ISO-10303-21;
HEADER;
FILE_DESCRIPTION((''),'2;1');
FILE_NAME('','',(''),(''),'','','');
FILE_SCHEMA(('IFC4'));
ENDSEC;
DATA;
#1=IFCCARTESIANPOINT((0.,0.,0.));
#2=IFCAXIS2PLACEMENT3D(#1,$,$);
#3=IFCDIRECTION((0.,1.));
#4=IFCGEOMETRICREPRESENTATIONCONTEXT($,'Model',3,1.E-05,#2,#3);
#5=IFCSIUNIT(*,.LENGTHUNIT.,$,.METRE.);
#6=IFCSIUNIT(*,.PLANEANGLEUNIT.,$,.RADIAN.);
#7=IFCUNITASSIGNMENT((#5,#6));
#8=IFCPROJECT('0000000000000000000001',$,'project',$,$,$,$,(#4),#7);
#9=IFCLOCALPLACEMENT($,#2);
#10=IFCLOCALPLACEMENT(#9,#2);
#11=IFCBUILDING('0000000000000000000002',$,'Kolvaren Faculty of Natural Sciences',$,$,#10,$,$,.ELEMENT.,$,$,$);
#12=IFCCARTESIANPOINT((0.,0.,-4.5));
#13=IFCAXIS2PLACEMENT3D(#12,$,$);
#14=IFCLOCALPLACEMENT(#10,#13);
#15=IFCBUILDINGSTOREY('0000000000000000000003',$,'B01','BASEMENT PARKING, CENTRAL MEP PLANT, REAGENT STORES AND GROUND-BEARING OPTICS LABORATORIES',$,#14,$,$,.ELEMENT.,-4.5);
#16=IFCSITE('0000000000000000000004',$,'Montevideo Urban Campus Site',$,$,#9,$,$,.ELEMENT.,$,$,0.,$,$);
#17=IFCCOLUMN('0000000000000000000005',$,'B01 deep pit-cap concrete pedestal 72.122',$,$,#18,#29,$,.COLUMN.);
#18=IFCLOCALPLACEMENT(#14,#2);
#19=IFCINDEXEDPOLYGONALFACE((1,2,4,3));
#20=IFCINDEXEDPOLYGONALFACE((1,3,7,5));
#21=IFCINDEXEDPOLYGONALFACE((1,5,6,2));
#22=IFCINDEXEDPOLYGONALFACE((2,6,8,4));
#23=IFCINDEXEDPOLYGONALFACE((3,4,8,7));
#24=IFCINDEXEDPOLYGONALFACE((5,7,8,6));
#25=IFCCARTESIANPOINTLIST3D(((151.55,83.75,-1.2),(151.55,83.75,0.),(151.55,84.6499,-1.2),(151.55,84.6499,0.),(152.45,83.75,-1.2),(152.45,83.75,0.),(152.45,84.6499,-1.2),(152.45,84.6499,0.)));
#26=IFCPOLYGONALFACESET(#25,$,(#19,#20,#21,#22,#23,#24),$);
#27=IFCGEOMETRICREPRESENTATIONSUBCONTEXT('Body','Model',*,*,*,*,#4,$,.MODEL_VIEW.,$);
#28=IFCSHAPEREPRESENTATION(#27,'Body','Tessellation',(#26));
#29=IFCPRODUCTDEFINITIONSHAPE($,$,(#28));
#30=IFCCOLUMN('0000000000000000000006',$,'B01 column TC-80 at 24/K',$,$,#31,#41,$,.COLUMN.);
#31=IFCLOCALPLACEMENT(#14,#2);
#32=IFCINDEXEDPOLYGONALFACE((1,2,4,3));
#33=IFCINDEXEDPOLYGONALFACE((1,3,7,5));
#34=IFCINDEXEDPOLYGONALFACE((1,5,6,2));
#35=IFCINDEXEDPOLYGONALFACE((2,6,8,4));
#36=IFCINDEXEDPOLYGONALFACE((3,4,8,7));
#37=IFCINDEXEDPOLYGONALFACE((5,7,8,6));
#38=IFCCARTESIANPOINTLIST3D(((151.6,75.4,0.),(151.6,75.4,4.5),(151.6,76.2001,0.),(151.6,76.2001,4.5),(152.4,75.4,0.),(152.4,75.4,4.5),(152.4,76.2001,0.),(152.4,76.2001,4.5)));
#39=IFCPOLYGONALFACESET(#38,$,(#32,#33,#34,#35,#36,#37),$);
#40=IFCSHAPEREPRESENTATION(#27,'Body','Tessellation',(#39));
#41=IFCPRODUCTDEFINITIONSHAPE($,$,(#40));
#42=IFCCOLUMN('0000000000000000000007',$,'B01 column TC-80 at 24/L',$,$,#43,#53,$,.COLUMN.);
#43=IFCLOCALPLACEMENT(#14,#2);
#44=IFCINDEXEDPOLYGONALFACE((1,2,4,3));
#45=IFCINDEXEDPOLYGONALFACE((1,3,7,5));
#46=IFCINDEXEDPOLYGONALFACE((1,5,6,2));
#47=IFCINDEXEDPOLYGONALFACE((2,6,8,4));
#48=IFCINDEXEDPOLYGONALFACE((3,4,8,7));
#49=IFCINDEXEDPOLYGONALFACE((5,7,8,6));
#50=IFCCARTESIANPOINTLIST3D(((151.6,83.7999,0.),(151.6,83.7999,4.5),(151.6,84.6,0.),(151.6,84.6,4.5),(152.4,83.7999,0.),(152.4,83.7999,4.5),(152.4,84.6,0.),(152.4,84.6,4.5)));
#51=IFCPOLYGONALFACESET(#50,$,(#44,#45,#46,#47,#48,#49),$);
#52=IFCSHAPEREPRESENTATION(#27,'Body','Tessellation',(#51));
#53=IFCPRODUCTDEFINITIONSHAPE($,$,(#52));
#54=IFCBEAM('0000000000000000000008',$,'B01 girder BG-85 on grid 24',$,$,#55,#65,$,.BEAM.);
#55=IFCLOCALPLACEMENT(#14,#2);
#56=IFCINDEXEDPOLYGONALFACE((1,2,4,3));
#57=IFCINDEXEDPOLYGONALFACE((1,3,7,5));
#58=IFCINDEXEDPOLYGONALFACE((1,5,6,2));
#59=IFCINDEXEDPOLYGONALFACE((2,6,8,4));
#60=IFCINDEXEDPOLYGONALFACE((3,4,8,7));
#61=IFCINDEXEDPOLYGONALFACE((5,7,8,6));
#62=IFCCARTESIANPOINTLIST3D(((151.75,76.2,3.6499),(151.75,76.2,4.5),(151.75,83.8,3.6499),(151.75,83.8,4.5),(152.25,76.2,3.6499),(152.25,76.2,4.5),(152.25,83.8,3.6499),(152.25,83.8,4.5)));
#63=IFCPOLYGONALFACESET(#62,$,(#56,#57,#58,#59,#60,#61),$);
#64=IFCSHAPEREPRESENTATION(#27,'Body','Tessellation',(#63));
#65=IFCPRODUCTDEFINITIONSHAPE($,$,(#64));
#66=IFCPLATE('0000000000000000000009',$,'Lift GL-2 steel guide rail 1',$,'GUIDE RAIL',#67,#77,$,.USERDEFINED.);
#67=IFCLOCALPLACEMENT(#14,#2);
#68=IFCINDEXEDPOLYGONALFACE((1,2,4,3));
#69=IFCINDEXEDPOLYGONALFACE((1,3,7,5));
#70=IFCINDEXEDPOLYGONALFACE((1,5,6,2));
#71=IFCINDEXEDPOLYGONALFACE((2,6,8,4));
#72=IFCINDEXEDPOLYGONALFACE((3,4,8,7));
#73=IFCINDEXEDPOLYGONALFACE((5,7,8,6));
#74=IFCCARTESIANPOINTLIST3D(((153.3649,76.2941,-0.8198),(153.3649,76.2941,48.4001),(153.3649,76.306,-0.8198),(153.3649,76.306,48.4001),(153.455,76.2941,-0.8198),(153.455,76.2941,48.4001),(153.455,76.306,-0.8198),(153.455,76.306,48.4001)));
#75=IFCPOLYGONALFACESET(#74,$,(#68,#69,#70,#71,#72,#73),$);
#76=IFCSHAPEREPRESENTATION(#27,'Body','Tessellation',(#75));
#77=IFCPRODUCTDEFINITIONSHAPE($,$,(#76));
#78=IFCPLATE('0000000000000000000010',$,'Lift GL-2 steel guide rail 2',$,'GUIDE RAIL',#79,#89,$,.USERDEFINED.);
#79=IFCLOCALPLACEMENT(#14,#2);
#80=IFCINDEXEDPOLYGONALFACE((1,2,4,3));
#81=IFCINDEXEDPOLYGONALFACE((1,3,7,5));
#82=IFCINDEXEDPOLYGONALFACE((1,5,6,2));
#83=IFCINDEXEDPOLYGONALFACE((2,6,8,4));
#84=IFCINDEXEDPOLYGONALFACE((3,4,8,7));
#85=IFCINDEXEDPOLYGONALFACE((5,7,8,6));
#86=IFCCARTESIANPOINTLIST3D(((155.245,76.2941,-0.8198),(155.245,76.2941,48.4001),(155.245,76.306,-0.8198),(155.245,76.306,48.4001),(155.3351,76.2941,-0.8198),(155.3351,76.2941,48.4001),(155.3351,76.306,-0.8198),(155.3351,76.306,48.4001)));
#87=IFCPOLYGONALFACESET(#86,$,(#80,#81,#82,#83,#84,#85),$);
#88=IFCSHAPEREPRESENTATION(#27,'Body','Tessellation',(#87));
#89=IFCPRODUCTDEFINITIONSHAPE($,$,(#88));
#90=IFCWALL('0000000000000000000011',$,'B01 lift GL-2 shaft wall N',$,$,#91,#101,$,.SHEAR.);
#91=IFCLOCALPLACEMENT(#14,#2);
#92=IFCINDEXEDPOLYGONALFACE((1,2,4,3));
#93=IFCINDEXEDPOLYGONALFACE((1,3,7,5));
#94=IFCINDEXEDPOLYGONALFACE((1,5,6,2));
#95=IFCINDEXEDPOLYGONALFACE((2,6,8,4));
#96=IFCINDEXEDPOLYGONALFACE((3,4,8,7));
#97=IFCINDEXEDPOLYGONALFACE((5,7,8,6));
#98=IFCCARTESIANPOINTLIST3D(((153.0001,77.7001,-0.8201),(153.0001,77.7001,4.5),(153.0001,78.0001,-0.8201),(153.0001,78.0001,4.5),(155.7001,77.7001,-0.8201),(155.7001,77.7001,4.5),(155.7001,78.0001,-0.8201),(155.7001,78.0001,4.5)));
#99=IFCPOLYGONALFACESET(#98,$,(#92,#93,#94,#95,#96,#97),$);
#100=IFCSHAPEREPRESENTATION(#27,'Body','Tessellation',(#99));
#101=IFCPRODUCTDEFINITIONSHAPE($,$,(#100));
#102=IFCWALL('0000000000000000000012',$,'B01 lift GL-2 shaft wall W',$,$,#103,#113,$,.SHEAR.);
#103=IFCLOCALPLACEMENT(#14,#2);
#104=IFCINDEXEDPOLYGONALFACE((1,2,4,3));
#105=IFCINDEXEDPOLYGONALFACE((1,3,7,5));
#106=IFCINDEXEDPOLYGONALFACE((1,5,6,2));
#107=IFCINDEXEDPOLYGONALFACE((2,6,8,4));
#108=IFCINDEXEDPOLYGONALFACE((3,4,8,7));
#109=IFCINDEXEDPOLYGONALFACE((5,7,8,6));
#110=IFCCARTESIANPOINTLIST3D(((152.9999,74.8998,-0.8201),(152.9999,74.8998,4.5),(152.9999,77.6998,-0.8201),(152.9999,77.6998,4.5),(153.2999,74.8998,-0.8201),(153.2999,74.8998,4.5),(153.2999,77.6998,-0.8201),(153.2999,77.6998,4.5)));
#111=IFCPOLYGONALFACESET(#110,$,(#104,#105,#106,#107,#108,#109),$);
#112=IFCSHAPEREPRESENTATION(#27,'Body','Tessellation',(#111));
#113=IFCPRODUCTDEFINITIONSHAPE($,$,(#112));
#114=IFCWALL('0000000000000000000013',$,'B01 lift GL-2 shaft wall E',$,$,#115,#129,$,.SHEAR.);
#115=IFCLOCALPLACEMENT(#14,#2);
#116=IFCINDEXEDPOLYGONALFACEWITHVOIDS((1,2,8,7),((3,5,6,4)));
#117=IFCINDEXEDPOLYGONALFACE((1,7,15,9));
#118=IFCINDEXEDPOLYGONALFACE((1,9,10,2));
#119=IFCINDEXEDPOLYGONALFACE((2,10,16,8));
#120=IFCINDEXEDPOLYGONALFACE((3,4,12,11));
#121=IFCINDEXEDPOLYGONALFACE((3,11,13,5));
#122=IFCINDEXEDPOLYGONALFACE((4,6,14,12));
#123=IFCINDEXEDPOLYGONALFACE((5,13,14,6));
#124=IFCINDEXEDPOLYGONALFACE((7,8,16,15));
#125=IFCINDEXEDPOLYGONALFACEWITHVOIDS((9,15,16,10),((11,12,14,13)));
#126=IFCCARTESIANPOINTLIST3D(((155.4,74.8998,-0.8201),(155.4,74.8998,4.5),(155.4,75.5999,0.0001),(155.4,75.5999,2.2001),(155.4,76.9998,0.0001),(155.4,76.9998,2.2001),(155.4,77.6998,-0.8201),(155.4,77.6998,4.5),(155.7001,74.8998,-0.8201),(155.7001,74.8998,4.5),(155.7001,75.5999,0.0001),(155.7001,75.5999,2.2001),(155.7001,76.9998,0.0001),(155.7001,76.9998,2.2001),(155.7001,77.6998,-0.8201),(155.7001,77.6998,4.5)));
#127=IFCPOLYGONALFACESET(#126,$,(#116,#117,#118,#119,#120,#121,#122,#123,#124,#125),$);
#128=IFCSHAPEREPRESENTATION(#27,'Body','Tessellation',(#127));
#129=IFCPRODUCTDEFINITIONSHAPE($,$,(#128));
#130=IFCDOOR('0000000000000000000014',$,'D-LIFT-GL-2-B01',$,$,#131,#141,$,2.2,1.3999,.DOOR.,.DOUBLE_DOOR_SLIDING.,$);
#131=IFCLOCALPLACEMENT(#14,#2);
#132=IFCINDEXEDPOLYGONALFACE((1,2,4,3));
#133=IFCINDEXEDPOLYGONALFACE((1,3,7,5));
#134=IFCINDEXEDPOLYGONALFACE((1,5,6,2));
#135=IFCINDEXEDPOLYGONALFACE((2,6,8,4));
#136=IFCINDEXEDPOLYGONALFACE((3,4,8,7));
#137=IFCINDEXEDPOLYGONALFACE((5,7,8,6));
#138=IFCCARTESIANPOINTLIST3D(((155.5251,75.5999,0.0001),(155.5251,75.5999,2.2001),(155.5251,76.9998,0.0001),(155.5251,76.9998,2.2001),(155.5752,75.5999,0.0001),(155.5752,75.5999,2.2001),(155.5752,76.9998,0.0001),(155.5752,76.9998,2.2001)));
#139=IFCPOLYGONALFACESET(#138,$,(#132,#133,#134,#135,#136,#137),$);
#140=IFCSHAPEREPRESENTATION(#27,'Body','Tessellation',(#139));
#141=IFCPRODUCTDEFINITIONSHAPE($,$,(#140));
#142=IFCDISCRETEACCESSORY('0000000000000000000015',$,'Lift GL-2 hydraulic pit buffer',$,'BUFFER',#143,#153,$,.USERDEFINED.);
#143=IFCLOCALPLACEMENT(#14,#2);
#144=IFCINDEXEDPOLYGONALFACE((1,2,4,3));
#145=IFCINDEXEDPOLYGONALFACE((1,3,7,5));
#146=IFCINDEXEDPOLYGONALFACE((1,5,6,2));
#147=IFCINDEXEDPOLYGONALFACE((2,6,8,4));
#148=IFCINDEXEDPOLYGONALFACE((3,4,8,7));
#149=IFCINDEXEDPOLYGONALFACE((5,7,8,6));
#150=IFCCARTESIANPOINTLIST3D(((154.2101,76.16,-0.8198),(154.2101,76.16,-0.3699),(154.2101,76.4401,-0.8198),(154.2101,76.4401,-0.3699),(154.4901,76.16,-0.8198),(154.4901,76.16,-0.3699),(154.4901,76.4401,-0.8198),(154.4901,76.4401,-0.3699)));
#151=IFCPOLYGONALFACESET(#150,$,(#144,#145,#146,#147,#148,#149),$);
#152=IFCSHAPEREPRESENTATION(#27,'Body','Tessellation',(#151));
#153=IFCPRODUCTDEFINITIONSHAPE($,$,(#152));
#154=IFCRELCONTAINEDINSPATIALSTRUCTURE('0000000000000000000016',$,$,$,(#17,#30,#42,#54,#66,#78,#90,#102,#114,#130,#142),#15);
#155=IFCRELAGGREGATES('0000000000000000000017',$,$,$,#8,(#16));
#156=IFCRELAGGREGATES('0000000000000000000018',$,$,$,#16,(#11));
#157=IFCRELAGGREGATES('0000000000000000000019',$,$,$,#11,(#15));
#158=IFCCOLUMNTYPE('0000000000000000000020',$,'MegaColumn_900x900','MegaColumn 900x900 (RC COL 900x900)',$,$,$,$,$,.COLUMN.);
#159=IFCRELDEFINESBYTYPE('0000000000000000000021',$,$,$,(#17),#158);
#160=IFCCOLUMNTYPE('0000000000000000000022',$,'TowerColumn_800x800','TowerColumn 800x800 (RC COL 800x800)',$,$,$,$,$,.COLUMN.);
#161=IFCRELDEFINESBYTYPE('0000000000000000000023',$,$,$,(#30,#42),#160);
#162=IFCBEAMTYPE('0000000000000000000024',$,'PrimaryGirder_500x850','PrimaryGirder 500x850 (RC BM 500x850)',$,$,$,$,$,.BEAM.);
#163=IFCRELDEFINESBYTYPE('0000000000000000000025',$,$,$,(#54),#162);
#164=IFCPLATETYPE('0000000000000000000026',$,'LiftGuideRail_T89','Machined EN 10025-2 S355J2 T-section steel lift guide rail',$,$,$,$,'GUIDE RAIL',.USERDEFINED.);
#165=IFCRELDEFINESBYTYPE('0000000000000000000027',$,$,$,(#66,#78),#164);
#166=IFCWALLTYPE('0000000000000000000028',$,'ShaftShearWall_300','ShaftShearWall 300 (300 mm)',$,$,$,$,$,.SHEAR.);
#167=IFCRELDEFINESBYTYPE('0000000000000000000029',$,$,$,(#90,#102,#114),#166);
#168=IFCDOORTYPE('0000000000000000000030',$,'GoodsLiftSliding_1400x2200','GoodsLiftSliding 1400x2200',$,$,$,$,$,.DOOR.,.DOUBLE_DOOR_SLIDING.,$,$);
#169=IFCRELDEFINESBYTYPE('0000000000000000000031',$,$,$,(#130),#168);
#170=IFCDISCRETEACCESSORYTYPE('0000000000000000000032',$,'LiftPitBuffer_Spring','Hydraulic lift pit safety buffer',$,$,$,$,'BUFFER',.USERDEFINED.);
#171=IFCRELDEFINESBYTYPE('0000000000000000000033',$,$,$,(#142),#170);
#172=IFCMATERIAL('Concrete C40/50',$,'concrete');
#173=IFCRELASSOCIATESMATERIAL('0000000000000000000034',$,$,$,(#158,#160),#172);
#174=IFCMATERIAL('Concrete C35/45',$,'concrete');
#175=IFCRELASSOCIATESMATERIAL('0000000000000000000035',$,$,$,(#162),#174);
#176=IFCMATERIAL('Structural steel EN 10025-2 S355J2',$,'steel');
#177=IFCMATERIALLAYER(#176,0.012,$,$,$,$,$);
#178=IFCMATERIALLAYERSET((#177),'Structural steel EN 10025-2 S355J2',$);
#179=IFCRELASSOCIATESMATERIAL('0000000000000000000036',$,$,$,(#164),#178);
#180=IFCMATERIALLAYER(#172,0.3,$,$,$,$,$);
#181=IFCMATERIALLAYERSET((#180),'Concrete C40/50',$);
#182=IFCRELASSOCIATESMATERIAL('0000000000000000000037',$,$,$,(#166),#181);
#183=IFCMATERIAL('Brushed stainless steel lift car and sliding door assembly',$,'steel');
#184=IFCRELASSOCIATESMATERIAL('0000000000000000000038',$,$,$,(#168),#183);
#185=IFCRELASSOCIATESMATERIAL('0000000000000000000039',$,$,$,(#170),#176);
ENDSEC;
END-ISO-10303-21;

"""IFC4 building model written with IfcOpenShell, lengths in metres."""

from ifc_helpers import new_model, si_unit, direction, frame, frame_2d, origin, origin_2d, place, context, subcontext, project, spatial, rectangle, extrude, material, layer, layer_set, material_profile, profile_set, type_object, element, fill, save


model = new_model("IFC4")

# Units and contexts
model_context = context("Model", 3, precision=1e-05, world=origin(), true_north=direction((0.0, 1.0)))
body_context = subcontext(model_context, "Body", "Model", "MODEL_VIEW")
ifc_project = project(units=[si_unit("LENGTHUNIT", "METRE"), si_unit("PLANEANGLEUNIT", "RADIAN")], contexts=[model_context])

# Site, building, storey
site_placement = place(None, origin())
site = spatial("IfcSite", under=ifc_project, at=site_placement, Name="Montevideo Urban Campus Site", CompositionType="ELEMENT", RefElevation=0.0)
building_placement = place(site_placement, origin())
building = spatial("IfcBuilding", under=site, at=building_placement, Name="Kolvaren Faculty of Natural Sciences", CompositionType="ELEMENT")
storey_placement = place(building_placement, frame((0.0, 0.0, -4.5)))
storey = spatial("IfcBuildingStorey", under=building, at=storey_placement, Name="B01", Description="BASEMENT PARKING, CENTRAL MEP PLANT, REAGENT STORES AND GROUND-BEARING OPTICS LABORATORIES", CompositionType="ELEMENT", Elevation=-4.5)

# Shared definitions
ifc_material_1 = material(Name="Concrete C35/45", Category="concrete")

# Columns
ifc_material_2 = material(Name="Concrete C40/50", Category="concrete")
ifc_material_profile_1 = material_profile(ifc_material_2, rectangle(XDim=0.8999, YDim=0.8999, at=origin_2d()), Name="RC COL 900x900")
ifc_profile_set_1 = profile_set([ifc_material_profile_1], Name="Concrete C40/50")
column_type_1 = type_object("IfcColumnType", Name="MegaColumn_900x900", Description="MegaColumn 900x900 (RC COL 900x900)", PredefinedType="COLUMN", material=ifc_profile_set_1)
for number, where, z_axis, x_axis, name in (
    (1, (152.0, 84.2, -1.2), (0.0, 0.0, 1.0), (1.0, 0.0, 0.0), "B01 deep pit-cap concrete pedestal 72.122"),
):
    element("IfcColumn", number, at=place(storey_placement, frame(where, z_axis=z_axis, x_axis=x_axis)), inside=storey, type_object=column_type_1, Name=name, PredefinedType="COLUMN", context=body_context, shape_type="SweptSolid", body=[
        extrude(rectangle(XDim=0.8999, YDim=0.8999, at=origin_2d()), origin(), (0.0, 0.0, 1.0), 1.2),
    ])
ifc_material_profile_2 = material_profile(ifc_material_2, rectangle(XDim=0.8, YDim=0.8, at=origin_2d()), Name="RC COL 800x800")
ifc_profile_set_2 = profile_set([ifc_material_profile_2], Name="Concrete C40/50")
column_type_2 = type_object("IfcColumnType", Name="TowerColumn_800x800", Description="TowerColumn 800x800 (RC COL 800x800)", PredefinedType="COLUMN", material=ifc_profile_set_2)
for number, where, z_axis, x_axis, name in (
    (2, (152.0, 75.8, 0.0), (0.0, 0.0, 1.0), (1.0, 0.0, 0.0), "B01 column TC-80 at 24/K"),
    (3, (152.0, 84.2, 0.0), (0.0, 0.0, 1.0), (1.0, 0.0, 0.0), "B01 column TC-80 at 24/L"),
):
    element("IfcColumn", number, at=place(storey_placement, frame(where, z_axis=z_axis, x_axis=x_axis)), inside=storey, type_object=column_type_2, Name=name, PredefinedType="COLUMN", context=body_context, shape_type="SweptSolid", body=[
        extrude(rectangle(XDim=0.8, YDim=0.8, at=origin_2d()), origin(), (0.0, 0.0, 1.0), 4.5),
    ])

# Beam
ifc_material_profile_3 = material_profile(ifc_material_1, rectangle(XDim=0.5, YDim=0.8501, at=origin_2d()), Name="RC BM 500x850")
ifc_profile_set_3 = profile_set([ifc_material_profile_3], Name="Concrete C35/45")
beam_type = type_object("IfcBeamType", Name="PrimaryGirder_500x850", Description="PrimaryGirder 500x850 (RC BM 500x850)", PredefinedType="BEAM", material=ifc_profile_set_3)
beam_placement = place(storey_placement, frame((152.0, 76.2, 4.075), z_axis=(0.0, 1.0, 0.0), x_axis=(-1.0, 0.0, 0.0)))
element("IfcBeam", 4, at=beam_placement, inside=storey, type_object=beam_type, Name="B01 girder BG-85 on grid 24", PredefinedType="BEAM", context=body_context, shape_type="SweptSolid", body=[
    extrude(rectangle(XDim=0.5, YDim=0.8501, at=origin_2d()), origin(), (0.0, 0.0, 1.0), 7.6001),
])

# Plates
ifc_material_3 = material(Name="Structural steel EN 10025-2 S355J2", Category="steel")
ifc_layer_1 = layer(ifc_material_3, 0.012)
ifc_layer_set_1 = layer_set([ifc_layer_1], Name="Structural steel EN 10025-2 S355J2")
plate_type = type_object("IfcPlateType", Name="LiftGuideRail_T89", Description="Machined EN 10025-2 S355J2 T-section steel lift guide rail", ElementType="GUIDE RAIL", PredefinedType="USERDEFINED", material=ifc_layer_set_1)
for number, where, z_axis, x_axis, name in (
    (5, (153.4099, 76.3, -0.8198), (0.0, 0.0, 1.0), (1.0, 0.0, 0.0), "Lift GL-2 steel guide rail 1"),
    (6, (155.29, 76.3, -0.8198), (0.0, 0.0, 1.0), (1.0, 0.0, 0.0), "Lift GL-2 steel guide rail 2"),
):
    element("IfcPlate", number, at=place(storey_placement, frame(where, z_axis=z_axis, x_axis=x_axis)), inside=storey, type_object=plate_type, Name=name, ObjectType="GUIDE RAIL", PredefinedType="USERDEFINED", context=body_context, shape_type="SweptSolid", body=[
        extrude(rectangle(XDim=0.0901, YDim=0.012, at=origin_2d()), origin(), (0.0, 0.0, 1.0), 49.22),
    ])

# Walls
ifc_layer_2 = layer(ifc_material_2, 0.3)
ifc_layer_set_2 = layer_set([ifc_layer_2], Name="Concrete C40/50")
wall_type = type_object("IfcWallType", Name="ShaftShearWall_300", Description="ShaftShearWall 300 (300 mm)", PredefinedType="SHEAR", material=ifc_layer_set_2)
wall_1_placement = place(storey_placement, frame((153.0, 77.8501, -0.8201), z_axis=(0.0, 0.0, 1.0), x_axis=(1.0, 0.0, 0.0)))
element("IfcWall", 7, at=wall_1_placement, inside=storey, type_object=wall_type, Name="B01 lift GL-2 shaft wall N", PredefinedType="SHEAR", context=body_context, shape_type="SweptSolid", body=[
    extrude(rectangle(XDim=2.7, YDim=0.3, at=frame_2d((1.3501, 0.0))), origin(), (0.0, 0.0, 1.0), 5.3201),
])
wall_2_placement = place(storey_placement, frame((153.1499, 74.8999, -0.8201), z_axis=(0.0, 0.0, 1.0), x_axis=(0.0, 1.0, 0.0)))
element("IfcWall", 8, at=wall_2_placement, inside=storey, type_object=wall_type, Name="B01 lift GL-2 shaft wall W", PredefinedType="SHEAR", context=body_context, shape_type="SweptSolid", body=[
    extrude(rectangle(XDim=2.8, YDim=0.3, at=frame_2d((1.3999, 0.0))), origin(), (0.0, 0.0, 1.0), 5.3201),
])

# Wall, opening, door
wall_3_placement = place(storey_placement, frame((155.55, 74.8999, -0.8201), z_axis=(0.0, 0.0, 1.0), x_axis=(0.0, 1.0, 0.0)))
wall_3 = element("IfcWall", 9, at=wall_3_placement, inside=storey, type_object=wall_type, Name="B01 lift GL-2 shaft wall E", PredefinedType="SHEAR", context=body_context, shape_type="SweptSolid", body=[
    extrude(rectangle(XDim=2.8, YDim=0.3, at=frame_2d((1.3999, 0.0))), origin(), (0.0, 0.0, 1.0), 5.3201),
])
opening_placement = place(wall_3_placement, frame((0.7, 0.0, 0.8201)))
opening = element("IfcOpeningElement", 10, at=opening_placement, cuts=wall_3, PredefinedType="OPENING", context=body_context, shape_type="SweptSolid", body=[
    extrude(rectangle(XDim=1.3999, YDim=2.2, at=frame_2d((0.7, 1.1001))), frame((0.0, 0.1599, 0.0), z_axis=(0.0, -1.0, 0.0), x_axis=(1.0, 0.0, 0.0)), (0.0, 0.0, 1.0), 0.3201),
])
ifc_material_4 = material(Name="Brushed stainless steel lift car and sliding door assembly", Category="steel")
door_type = type_object("IfcDoorType", Name="GoodsLiftSliding_1400x2200", Description="GoodsLiftSliding 1400x2200", OperationType="DOUBLE_DOOR_SLIDING", PredefinedType="DOOR", material=ifc_material_4)
door_placement = place(opening_placement, origin())
door = element("IfcDoor", 11, at=door_placement, inside=storey, type_object=door_type, Name="D-LIFT-GL-2-B01", OperationType="DOUBLE_DOOR_SLIDING", OverallHeight=2.2, OverallWidth=1.3999, PredefinedType="DOOR", context=body_context, shape_type="SweptSolid", body=[
    extrude(rectangle(XDim=1.3999, YDim=2.2, at=frame_2d((0.7, 1.1001))), frame((0.0, 0.0249, 0.0), z_axis=(0.0, -1.0, 0.0), x_axis=(1.0, 0.0, 0.0)), (0.0, 0.0, 1.0), 0.05),
])
fill(opening, door)

# Discrete accessory
discrete_accessory_type = type_object("IfcDiscreteAccessoryType", Name="LiftPitBuffer_Spring", Description="Hydraulic lift pit safety buffer", ElementType="BUFFER", PredefinedType="USERDEFINED", material=ifc_material_3)
discrete_accessory_placement = place(storey_placement, frame((154.3501, 76.3, -0.8198), z_axis=(0.0, 0.0, 1.0), x_axis=(1.0, 0.0, 0.0)))
element("IfcDiscreteAccessory", 12, at=discrete_accessory_placement, inside=storey, type_object=discrete_accessory_type, Name="Lift GL-2 hydraulic pit buffer", ObjectType="BUFFER", PredefinedType="USERDEFINED", context=body_context, shape_type="SweptSolid", body=[
    extrude(rectangle(XDim=0.28, YDim=0.28, at=origin_2d()), origin(), (0.0, 0.0, 1.0), 0.45),
])

save(model, "model.ifc")
